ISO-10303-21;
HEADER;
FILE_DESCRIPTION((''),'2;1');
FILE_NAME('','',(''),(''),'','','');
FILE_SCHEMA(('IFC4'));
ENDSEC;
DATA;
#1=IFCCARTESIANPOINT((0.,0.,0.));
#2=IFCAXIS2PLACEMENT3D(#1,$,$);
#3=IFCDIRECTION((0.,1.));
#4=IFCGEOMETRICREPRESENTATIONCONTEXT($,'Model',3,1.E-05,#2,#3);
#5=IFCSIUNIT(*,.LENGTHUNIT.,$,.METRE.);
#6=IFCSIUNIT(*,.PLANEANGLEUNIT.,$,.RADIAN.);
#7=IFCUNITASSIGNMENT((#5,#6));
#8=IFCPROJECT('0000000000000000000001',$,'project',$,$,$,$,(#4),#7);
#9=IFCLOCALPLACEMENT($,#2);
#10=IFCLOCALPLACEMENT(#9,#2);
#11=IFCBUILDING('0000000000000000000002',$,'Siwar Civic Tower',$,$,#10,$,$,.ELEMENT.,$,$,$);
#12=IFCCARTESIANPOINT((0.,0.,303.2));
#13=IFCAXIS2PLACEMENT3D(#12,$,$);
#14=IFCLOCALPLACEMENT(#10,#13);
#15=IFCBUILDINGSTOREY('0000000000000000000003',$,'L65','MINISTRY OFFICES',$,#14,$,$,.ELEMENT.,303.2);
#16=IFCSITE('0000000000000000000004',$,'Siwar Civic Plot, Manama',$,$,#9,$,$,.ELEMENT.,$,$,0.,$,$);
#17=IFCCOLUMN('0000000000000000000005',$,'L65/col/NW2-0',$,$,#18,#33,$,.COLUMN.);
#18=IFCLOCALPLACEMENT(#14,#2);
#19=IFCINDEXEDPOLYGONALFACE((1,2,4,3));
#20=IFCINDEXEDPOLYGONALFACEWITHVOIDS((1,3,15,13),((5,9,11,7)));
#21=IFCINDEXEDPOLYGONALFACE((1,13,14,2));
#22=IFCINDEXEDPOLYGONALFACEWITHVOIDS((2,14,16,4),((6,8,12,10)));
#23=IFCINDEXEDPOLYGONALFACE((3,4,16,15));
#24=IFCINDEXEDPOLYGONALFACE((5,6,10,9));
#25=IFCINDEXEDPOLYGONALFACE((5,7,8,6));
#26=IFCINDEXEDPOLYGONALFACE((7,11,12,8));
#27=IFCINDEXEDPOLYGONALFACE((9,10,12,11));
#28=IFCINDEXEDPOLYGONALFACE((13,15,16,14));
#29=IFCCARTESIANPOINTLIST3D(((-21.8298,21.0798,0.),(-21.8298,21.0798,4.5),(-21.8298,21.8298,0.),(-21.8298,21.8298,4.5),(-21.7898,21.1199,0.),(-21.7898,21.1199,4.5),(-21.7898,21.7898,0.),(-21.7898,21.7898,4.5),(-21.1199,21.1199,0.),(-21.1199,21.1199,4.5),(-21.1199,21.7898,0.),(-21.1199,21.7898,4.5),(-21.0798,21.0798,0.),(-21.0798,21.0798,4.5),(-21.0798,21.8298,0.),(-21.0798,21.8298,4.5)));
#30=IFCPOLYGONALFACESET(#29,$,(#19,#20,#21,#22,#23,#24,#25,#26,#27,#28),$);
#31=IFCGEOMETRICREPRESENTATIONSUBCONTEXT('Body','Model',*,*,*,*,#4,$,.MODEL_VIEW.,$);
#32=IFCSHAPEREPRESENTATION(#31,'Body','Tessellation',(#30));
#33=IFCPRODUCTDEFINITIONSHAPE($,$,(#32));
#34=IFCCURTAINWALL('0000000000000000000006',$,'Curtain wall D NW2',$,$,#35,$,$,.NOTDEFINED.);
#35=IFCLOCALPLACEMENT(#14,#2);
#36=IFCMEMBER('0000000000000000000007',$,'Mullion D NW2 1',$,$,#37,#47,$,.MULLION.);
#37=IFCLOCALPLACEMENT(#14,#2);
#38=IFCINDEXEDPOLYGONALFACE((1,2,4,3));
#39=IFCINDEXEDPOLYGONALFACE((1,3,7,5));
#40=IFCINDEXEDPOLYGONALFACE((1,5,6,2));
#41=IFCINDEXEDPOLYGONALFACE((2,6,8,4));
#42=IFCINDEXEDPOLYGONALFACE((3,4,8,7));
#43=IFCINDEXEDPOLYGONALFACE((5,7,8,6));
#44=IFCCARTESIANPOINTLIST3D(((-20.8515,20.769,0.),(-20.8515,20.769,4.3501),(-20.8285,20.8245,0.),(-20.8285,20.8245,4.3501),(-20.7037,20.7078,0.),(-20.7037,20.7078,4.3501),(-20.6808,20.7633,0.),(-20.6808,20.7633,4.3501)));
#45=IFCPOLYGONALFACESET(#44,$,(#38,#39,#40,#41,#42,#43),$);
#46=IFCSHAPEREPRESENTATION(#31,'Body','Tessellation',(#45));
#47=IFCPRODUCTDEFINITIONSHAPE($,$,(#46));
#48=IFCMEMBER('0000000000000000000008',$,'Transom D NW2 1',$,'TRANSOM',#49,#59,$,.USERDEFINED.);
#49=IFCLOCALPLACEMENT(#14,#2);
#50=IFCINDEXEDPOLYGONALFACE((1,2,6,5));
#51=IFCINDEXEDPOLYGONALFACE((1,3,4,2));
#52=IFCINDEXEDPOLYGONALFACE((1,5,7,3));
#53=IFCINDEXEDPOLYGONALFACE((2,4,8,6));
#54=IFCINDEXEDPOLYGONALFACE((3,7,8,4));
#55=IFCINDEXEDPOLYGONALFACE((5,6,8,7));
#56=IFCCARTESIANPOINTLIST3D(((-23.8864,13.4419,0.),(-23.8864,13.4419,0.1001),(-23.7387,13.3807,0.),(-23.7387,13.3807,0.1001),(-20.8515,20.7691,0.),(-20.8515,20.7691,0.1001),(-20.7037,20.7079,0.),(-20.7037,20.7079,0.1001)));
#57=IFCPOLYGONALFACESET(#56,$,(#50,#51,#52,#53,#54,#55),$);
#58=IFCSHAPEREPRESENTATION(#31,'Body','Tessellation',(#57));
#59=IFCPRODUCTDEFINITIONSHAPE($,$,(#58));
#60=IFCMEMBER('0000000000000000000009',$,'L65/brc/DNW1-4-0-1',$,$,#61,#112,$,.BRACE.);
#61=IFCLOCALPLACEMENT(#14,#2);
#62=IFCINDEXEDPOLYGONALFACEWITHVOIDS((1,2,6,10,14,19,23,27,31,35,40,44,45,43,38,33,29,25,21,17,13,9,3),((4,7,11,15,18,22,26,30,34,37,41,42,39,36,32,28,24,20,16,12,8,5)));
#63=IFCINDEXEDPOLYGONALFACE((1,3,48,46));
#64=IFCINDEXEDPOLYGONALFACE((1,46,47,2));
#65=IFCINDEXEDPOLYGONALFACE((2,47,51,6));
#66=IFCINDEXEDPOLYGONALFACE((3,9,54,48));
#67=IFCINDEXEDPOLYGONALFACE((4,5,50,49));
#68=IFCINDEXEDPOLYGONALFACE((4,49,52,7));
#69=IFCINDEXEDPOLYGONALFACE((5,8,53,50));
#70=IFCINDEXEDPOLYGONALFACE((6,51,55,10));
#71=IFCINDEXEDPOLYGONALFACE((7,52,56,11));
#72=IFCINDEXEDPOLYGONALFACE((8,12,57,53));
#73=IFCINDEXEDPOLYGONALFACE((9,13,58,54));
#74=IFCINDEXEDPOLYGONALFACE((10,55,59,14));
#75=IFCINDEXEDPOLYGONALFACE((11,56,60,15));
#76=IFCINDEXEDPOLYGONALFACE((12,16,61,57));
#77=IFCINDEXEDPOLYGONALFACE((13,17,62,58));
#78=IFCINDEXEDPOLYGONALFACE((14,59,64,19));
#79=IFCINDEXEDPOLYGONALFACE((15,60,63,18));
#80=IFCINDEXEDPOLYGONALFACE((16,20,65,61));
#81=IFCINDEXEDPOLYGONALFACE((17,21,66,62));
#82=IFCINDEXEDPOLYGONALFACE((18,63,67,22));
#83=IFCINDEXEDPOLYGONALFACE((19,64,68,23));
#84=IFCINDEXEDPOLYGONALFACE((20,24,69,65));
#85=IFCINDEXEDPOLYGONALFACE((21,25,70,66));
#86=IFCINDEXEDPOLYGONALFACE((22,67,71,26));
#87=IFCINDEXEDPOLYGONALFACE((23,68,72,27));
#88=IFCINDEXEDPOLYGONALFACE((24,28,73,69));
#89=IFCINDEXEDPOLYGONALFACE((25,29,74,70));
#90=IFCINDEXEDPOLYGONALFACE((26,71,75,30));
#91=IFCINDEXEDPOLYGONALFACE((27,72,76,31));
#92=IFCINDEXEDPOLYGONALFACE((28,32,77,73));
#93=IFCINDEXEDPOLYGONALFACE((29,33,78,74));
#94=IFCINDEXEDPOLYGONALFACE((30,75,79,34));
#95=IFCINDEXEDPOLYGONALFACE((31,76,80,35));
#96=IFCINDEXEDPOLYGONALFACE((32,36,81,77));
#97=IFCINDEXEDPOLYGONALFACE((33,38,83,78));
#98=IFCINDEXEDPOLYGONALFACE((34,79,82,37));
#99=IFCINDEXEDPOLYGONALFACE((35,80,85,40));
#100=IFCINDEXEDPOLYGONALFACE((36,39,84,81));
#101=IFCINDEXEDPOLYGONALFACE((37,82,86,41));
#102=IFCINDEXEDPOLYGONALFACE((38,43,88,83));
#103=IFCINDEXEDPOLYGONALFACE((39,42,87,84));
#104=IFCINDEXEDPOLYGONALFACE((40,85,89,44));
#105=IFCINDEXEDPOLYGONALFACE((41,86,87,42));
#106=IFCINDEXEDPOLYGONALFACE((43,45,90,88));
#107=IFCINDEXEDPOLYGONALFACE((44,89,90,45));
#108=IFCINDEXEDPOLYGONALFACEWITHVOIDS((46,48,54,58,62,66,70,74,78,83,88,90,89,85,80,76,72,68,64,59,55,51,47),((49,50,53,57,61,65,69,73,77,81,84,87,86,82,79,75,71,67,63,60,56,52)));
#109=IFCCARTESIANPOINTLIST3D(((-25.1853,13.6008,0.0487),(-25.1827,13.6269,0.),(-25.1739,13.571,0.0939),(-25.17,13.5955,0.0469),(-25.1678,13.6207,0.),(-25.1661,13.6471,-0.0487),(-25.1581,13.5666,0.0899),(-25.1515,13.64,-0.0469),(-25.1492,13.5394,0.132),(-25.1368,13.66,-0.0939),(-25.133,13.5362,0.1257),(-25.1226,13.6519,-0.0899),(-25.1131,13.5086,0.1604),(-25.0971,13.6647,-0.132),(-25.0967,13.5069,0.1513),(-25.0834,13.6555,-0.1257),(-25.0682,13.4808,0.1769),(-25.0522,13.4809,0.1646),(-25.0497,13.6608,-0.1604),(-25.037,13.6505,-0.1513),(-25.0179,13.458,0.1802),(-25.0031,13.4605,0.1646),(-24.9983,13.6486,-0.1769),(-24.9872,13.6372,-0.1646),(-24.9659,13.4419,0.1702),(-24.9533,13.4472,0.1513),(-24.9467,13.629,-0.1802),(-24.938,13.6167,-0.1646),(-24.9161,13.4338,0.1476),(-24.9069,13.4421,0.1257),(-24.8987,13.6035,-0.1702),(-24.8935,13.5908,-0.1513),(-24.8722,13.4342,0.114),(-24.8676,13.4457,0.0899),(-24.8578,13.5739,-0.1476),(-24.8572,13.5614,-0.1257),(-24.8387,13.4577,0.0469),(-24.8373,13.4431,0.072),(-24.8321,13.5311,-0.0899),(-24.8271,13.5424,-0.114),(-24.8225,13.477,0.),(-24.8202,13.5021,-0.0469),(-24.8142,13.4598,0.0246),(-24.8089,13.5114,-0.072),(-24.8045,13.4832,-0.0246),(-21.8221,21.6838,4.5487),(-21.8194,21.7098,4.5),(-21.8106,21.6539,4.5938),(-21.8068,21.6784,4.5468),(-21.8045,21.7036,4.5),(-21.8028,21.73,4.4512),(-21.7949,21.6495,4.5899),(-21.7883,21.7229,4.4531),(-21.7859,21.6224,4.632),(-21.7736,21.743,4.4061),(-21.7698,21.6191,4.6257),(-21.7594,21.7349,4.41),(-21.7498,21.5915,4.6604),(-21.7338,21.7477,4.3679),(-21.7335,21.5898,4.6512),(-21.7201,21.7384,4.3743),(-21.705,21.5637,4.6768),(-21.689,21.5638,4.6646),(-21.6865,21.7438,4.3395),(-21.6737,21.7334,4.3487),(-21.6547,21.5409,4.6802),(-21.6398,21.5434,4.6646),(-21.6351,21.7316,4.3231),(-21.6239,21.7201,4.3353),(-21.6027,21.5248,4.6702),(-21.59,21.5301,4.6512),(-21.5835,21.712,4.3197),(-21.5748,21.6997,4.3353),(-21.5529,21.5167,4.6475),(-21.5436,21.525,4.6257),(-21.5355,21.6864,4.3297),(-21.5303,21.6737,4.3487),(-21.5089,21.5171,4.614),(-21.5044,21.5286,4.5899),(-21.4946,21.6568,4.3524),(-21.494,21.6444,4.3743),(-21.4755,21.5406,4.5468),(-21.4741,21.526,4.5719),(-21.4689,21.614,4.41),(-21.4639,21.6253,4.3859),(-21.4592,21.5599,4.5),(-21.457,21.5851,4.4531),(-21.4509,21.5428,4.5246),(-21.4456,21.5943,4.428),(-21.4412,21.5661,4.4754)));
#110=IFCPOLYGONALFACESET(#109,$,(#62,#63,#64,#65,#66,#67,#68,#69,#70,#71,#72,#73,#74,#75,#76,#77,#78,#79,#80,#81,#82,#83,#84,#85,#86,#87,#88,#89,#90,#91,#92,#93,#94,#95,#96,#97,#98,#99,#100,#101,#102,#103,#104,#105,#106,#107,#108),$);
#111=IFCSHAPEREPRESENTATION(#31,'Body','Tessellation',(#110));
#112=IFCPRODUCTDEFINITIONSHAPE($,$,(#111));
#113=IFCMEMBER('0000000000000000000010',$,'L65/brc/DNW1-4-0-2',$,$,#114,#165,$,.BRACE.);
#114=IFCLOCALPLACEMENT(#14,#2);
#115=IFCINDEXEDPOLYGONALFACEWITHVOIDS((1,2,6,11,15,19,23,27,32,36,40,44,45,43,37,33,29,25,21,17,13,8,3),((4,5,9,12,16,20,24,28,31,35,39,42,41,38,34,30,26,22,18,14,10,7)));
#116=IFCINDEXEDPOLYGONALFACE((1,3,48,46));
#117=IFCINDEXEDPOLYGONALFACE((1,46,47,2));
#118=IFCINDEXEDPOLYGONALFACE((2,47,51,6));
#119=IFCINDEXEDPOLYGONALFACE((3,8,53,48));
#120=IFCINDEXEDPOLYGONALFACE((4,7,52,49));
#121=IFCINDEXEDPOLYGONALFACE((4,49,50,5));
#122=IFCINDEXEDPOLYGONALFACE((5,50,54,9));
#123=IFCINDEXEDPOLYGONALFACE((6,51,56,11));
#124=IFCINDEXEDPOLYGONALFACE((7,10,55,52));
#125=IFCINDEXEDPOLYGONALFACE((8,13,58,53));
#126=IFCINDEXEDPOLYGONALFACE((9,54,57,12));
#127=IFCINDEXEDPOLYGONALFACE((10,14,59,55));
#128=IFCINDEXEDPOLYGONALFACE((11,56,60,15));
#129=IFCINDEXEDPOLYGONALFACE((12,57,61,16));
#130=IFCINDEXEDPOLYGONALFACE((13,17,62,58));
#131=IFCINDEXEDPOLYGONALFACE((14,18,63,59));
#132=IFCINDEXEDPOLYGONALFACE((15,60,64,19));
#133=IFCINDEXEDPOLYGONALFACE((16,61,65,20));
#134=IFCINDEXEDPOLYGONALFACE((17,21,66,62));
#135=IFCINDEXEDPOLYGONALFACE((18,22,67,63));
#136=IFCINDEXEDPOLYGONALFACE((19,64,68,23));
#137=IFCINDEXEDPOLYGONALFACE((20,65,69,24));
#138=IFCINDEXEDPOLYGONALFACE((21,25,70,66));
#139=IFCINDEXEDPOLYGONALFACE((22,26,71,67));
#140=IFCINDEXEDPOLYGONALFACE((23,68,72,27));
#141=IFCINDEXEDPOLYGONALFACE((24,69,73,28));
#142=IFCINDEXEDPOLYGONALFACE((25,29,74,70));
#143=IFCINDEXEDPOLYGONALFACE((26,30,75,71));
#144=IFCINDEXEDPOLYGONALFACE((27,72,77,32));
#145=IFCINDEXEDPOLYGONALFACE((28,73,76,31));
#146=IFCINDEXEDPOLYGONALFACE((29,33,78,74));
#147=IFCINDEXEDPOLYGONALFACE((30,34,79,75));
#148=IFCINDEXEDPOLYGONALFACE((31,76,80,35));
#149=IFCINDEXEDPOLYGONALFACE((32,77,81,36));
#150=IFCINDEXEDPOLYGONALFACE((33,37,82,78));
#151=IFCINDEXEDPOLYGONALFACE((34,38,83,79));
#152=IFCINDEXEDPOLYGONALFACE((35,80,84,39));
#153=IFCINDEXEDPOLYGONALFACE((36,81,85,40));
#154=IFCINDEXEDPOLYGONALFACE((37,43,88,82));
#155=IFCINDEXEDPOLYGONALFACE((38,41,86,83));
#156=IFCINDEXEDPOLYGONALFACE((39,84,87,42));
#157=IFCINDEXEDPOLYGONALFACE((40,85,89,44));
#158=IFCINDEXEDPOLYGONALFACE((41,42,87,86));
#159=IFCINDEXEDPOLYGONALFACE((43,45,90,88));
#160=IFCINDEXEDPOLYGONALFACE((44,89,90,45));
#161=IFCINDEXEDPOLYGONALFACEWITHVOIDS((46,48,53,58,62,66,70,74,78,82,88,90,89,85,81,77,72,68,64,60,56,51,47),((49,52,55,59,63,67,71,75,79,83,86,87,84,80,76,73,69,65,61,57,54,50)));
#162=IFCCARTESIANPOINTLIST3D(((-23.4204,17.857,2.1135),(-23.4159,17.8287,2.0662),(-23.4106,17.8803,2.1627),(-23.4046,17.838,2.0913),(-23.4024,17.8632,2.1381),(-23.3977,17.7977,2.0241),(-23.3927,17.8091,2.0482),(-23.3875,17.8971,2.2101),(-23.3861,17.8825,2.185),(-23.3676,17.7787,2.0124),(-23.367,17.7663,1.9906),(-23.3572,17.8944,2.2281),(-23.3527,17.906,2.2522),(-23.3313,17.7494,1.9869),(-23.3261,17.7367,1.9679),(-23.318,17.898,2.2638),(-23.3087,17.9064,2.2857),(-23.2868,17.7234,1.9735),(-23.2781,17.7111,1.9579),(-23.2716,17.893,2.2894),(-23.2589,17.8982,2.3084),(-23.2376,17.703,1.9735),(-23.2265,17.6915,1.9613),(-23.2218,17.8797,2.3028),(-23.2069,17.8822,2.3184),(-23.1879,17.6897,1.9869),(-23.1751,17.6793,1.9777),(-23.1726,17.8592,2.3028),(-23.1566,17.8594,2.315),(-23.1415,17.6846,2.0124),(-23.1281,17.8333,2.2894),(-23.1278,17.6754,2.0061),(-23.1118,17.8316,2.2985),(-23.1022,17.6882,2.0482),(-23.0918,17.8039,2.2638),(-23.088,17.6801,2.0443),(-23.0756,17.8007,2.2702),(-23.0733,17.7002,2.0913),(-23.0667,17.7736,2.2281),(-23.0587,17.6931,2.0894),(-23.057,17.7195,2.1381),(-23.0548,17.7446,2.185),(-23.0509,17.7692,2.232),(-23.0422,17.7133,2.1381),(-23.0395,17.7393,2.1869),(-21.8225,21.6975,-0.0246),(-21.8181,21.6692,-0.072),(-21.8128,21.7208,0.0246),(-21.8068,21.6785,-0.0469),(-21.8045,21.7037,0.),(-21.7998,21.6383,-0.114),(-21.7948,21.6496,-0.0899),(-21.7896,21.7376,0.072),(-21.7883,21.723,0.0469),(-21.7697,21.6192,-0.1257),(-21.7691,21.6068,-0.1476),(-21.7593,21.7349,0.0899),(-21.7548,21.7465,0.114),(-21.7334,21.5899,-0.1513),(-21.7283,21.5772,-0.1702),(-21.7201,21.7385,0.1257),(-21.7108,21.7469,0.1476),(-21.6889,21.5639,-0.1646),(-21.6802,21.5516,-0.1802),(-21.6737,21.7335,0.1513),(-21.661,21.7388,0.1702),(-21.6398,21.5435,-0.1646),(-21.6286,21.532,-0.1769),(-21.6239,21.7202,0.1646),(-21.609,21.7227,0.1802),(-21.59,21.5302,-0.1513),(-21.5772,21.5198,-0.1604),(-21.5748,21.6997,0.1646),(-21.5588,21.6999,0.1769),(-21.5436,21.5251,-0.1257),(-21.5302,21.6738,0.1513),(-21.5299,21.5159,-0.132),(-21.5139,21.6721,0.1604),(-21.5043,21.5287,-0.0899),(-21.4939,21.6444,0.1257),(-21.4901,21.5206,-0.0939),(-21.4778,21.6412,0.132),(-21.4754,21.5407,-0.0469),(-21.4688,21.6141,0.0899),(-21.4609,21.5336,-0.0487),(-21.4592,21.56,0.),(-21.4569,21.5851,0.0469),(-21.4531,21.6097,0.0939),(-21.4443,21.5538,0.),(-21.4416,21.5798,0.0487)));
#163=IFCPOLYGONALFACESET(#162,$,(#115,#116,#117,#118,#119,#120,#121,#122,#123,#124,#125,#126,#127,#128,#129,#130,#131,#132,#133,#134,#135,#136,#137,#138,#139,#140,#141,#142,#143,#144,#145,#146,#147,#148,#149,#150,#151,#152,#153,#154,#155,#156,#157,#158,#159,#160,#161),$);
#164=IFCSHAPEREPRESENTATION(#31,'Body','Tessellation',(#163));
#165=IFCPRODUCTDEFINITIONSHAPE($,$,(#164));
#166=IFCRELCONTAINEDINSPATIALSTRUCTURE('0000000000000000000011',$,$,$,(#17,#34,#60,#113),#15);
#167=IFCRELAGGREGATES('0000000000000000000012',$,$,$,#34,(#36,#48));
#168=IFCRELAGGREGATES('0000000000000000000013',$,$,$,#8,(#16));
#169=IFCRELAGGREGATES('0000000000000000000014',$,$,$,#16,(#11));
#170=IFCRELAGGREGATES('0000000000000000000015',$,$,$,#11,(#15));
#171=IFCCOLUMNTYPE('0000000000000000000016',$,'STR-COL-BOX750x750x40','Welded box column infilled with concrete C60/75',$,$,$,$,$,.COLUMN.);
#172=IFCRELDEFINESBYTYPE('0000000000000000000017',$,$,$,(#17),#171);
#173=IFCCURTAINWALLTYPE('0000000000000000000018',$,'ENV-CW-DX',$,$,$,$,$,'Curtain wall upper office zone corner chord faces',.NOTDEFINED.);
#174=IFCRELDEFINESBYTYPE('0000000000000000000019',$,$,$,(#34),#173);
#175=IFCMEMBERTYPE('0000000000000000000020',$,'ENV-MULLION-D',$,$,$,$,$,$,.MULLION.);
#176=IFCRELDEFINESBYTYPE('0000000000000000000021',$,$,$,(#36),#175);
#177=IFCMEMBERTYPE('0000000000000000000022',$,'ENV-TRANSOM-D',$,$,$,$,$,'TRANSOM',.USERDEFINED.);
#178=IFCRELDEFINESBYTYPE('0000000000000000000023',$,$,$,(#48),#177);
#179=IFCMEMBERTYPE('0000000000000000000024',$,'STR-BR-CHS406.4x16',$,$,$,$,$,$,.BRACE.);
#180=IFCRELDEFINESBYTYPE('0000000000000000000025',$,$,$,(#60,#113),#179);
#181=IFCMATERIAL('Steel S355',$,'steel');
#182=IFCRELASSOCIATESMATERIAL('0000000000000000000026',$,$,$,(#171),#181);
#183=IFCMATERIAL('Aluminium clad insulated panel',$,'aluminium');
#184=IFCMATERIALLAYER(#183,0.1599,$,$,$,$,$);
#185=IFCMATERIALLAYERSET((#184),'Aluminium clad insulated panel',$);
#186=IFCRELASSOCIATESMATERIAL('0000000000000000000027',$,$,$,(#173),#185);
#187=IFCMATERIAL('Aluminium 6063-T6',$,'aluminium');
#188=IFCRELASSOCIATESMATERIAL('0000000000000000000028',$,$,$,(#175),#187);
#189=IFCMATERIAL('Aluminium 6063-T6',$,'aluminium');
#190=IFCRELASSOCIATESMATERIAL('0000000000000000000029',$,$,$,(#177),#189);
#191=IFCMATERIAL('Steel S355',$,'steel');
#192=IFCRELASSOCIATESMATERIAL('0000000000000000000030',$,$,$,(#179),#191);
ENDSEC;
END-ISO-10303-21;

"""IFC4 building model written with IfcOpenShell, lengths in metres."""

from ifc_helpers import new_model, si_unit, direction, frame, origin, origin_2d, place, context, subcontext, project, spatial, rectangle, hollow_rectangle, hollow_circle, extrude, material, layer, layer_set, material_profile, profile_set, type_object, element, aggregate, save


model = new_model("IFC4")

# Units and contexts
model_context = context("Model", 3, precision=1e-05, world=origin(), true_north=direction((0.0, 1.0)))
body_context = subcontext(model_context, "Body", "Model", "MODEL_VIEW")
ifc_project = project(units=[si_unit("LENGTHUNIT", "METRE"), si_unit("PLANEANGLEUNIT", "RADIAN")], contexts=[model_context])

# Site, building, storey
site_placement = place(None, origin())
site = spatial("IfcSite", under=ifc_project, at=site_placement, Name="Siwar Civic Plot, Manama", CompositionType="ELEMENT", RefElevation=0.0)
building_placement = place(site_placement, origin())
building = spatial("IfcBuilding", under=site, at=building_placement, Name="Siwar Civic Tower", CompositionType="ELEMENT")
storey_placement = place(building_placement, frame((0.0, 0.0, 303.2)))
storey = spatial("IfcBuildingStorey", under=building, at=storey_placement, Name="L65", Description="MINISTRY OFFICES", CompositionType="ELEMENT", Elevation=303.2)

# Column
ifc_material_1 = material(Name="Steel S355", Category="steel")
ifc_material_profile_1 = material_profile(ifc_material_1, hollow_rectangle(XDim=0.75, YDim=0.75, WallThickness=0.04, at=origin_2d()), Name="BOX750x750x40")
ifc_profile_set_1 = profile_set([ifc_material_profile_1], Name="Steel S355")
column_type = type_object("IfcColumnType", Name="STR-COL-BOX750x750x40", Description="Welded box column infilled with concrete C60/75", PredefinedType="COLUMN", material=ifc_profile_set_1)
column_placement = place(storey_placement, frame((-21.4548, 21.4548, 0.0), z_axis=(0.0, 0.0, 1.0), x_axis=(1.0, 0.0, 0.0)))
element("IfcColumn", 1, at=column_placement, inside=storey, type_object=column_type, Name="L65/col/NW2-0", PredefinedType="COLUMN", context=body_context, shape_type="SweptSolid", body=[
    extrude(hollow_rectangle(XDim=0.75, YDim=0.75, WallThickness=0.04, at=origin_2d()), origin(), (0.0, 0.0, 1.0), 4.5),
])

# Curtain wall, members
ifc_material_2 = material(Name="Aluminium clad insulated panel", Category="aluminium")
ifc_layer_1 = layer(ifc_material_2, 0.1599)
ifc_layer_set_1 = layer_set([ifc_layer_1], Name="Aluminium clad insulated panel")
curtain_wall_type = type_object("IfcCurtainWallType", Name="ENV-CW-DX", ElementType="Curtain wall upper office zone corner chord faces", PredefinedType="NOTDEFINED", material=ifc_layer_set_1)
curtain_wall_1_placement = place(storey_placement, origin())
curtain_wall_1 = element("IfcCurtainWall", 2, at=curtain_wall_1_placement, inside=storey, type_object=curtain_wall_type, Name="Curtain wall D NW2", PredefinedType="NOTDEFINED")
ifc_material_3 = material(Name="Aluminium 6063-T6", Category="aluminium")
ifc_material_profile_2 = material_profile(ifc_material_3, rectangle(XDim=0.1599, YDim=0.0601, at=origin_2d()), Name="AL 160x60")
ifc_profile_set_2 = profile_set([ifc_material_profile_2], Name="Aluminium 6063-T6")
member_type_1 = type_object("IfcMemberType", Name="ENV-MULLION-D", PredefinedType="MULLION", material=ifc_profile_set_2)
member_1_placement = place(storey_placement, frame((-20.7661, 20.7661, 0.0), z_axis=(0.0, 0.0, 1.0), x_axis=(0.92388, -0.382683, 0.0)))
member_1 = element("IfcMember", 3, at=member_1_placement, type_object=member_type_1, Name="Mullion D NW2 1", PredefinedType="MULLION", context=body_context, shape_type="SweptSolid", body=[
    extrude(rectangle(XDim=0.1599, YDim=0.0601, at=origin_2d()), origin(), (0.0, 0.0, 1.0), 4.3501),
])
ifc_material_4 = material(Name="Aluminium 6063-T6", Category="aluminium")
ifc_material_profile_3 = material_profile(ifc_material_4, rectangle(XDim=0.1599, YDim=0.1001, at=origin_2d()), Name="AL 160x100")
ifc_profile_set_3 = profile_set([ifc_material_profile_3], Name="Aluminium 6063-T6")
member_type_2 = type_object("IfcMemberType", Name="ENV-TRANSOM-D", ElementType="TRANSOM", PredefinedType="USERDEFINED", material=ifc_profile_set_3)
member_2_placement = place(storey_placement, frame((-20.7776, 20.7385, 0.05), z_axis=(-0.382674, -0.923884, 0.0), x_axis=(0.923884, -0.382674, 0.0)))
member_2 = element("IfcMember", 4, at=member_2_placement, type_object=member_type_2, Name="Transom D NW2 1", ObjectType="TRANSOM", PredefinedType="USERDEFINED", context=body_context, shape_type="SweptSolid", body=[
    extrude(rectangle(XDim=0.1599, YDim=0.1001, at=origin_2d()), origin(), (0.0, 0.0, 1.0), 7.9309),
])

# Members
ifc_material_5 = material(Name="Steel S355", Category="steel")
ifc_material_profile_4 = material_profile(ifc_material_5, hollow_circle(Radius=0.2031, WallThickness=0.0161, at=origin_2d()), Name="CHS406.4x16")
ifc_profile_set_4 = profile_set([ifc_material_profile_4], Name="Steel S355")
member_type_3 = type_object("IfcMemberType", Name="STR-BR-CHS406.4x16", PredefinedType="BRACE", material=ifc_profile_set_4)
member_3_placement = place(storey_placement, frame((-24.9951, 13.5488, 0.0), z_axis=(0.341671, 0.821143, 0.457149), x_axis=(-0.923265, 0.384164, 0.0)))
element("IfcMember", 5, at=member_3_placement, inside=storey, type_object=member_type_3, Name="L65/brc/DNW1-4-0-1", PredefinedType="BRACE", context=body_context, shape_type="SweptSolid", body=[
    extrude(hollow_circle(Radius=0.2031, WallThickness=0.0161, at=origin_2d()), origin(), (0.0, 0.0, 1.0), 9.8435),
])
member_4_placement = place(storey_placement, frame((-21.6318, 21.6318, 0.0), z_axis=(-0.341644, -0.821147, 0.457161), x_axis=(0.923276, -0.384136, 0.0)))
element("IfcMember", 6, at=member_4_placement, inside=storey, type_object=member_type_3, Name="L65/brc/DNW1-4-0-2", PredefinedType="BRACE", context=body_context, shape_type="SweptSolid", body=[
    extrude(hollow_circle(Radius=0.2031, WallThickness=0.0161, at=origin_2d()), origin(), (0.0, 0.0, 1.0), 4.677),
])

aggregate(curtain_wall_1, [member_1, member_2])

save(model, "model.ifc")
